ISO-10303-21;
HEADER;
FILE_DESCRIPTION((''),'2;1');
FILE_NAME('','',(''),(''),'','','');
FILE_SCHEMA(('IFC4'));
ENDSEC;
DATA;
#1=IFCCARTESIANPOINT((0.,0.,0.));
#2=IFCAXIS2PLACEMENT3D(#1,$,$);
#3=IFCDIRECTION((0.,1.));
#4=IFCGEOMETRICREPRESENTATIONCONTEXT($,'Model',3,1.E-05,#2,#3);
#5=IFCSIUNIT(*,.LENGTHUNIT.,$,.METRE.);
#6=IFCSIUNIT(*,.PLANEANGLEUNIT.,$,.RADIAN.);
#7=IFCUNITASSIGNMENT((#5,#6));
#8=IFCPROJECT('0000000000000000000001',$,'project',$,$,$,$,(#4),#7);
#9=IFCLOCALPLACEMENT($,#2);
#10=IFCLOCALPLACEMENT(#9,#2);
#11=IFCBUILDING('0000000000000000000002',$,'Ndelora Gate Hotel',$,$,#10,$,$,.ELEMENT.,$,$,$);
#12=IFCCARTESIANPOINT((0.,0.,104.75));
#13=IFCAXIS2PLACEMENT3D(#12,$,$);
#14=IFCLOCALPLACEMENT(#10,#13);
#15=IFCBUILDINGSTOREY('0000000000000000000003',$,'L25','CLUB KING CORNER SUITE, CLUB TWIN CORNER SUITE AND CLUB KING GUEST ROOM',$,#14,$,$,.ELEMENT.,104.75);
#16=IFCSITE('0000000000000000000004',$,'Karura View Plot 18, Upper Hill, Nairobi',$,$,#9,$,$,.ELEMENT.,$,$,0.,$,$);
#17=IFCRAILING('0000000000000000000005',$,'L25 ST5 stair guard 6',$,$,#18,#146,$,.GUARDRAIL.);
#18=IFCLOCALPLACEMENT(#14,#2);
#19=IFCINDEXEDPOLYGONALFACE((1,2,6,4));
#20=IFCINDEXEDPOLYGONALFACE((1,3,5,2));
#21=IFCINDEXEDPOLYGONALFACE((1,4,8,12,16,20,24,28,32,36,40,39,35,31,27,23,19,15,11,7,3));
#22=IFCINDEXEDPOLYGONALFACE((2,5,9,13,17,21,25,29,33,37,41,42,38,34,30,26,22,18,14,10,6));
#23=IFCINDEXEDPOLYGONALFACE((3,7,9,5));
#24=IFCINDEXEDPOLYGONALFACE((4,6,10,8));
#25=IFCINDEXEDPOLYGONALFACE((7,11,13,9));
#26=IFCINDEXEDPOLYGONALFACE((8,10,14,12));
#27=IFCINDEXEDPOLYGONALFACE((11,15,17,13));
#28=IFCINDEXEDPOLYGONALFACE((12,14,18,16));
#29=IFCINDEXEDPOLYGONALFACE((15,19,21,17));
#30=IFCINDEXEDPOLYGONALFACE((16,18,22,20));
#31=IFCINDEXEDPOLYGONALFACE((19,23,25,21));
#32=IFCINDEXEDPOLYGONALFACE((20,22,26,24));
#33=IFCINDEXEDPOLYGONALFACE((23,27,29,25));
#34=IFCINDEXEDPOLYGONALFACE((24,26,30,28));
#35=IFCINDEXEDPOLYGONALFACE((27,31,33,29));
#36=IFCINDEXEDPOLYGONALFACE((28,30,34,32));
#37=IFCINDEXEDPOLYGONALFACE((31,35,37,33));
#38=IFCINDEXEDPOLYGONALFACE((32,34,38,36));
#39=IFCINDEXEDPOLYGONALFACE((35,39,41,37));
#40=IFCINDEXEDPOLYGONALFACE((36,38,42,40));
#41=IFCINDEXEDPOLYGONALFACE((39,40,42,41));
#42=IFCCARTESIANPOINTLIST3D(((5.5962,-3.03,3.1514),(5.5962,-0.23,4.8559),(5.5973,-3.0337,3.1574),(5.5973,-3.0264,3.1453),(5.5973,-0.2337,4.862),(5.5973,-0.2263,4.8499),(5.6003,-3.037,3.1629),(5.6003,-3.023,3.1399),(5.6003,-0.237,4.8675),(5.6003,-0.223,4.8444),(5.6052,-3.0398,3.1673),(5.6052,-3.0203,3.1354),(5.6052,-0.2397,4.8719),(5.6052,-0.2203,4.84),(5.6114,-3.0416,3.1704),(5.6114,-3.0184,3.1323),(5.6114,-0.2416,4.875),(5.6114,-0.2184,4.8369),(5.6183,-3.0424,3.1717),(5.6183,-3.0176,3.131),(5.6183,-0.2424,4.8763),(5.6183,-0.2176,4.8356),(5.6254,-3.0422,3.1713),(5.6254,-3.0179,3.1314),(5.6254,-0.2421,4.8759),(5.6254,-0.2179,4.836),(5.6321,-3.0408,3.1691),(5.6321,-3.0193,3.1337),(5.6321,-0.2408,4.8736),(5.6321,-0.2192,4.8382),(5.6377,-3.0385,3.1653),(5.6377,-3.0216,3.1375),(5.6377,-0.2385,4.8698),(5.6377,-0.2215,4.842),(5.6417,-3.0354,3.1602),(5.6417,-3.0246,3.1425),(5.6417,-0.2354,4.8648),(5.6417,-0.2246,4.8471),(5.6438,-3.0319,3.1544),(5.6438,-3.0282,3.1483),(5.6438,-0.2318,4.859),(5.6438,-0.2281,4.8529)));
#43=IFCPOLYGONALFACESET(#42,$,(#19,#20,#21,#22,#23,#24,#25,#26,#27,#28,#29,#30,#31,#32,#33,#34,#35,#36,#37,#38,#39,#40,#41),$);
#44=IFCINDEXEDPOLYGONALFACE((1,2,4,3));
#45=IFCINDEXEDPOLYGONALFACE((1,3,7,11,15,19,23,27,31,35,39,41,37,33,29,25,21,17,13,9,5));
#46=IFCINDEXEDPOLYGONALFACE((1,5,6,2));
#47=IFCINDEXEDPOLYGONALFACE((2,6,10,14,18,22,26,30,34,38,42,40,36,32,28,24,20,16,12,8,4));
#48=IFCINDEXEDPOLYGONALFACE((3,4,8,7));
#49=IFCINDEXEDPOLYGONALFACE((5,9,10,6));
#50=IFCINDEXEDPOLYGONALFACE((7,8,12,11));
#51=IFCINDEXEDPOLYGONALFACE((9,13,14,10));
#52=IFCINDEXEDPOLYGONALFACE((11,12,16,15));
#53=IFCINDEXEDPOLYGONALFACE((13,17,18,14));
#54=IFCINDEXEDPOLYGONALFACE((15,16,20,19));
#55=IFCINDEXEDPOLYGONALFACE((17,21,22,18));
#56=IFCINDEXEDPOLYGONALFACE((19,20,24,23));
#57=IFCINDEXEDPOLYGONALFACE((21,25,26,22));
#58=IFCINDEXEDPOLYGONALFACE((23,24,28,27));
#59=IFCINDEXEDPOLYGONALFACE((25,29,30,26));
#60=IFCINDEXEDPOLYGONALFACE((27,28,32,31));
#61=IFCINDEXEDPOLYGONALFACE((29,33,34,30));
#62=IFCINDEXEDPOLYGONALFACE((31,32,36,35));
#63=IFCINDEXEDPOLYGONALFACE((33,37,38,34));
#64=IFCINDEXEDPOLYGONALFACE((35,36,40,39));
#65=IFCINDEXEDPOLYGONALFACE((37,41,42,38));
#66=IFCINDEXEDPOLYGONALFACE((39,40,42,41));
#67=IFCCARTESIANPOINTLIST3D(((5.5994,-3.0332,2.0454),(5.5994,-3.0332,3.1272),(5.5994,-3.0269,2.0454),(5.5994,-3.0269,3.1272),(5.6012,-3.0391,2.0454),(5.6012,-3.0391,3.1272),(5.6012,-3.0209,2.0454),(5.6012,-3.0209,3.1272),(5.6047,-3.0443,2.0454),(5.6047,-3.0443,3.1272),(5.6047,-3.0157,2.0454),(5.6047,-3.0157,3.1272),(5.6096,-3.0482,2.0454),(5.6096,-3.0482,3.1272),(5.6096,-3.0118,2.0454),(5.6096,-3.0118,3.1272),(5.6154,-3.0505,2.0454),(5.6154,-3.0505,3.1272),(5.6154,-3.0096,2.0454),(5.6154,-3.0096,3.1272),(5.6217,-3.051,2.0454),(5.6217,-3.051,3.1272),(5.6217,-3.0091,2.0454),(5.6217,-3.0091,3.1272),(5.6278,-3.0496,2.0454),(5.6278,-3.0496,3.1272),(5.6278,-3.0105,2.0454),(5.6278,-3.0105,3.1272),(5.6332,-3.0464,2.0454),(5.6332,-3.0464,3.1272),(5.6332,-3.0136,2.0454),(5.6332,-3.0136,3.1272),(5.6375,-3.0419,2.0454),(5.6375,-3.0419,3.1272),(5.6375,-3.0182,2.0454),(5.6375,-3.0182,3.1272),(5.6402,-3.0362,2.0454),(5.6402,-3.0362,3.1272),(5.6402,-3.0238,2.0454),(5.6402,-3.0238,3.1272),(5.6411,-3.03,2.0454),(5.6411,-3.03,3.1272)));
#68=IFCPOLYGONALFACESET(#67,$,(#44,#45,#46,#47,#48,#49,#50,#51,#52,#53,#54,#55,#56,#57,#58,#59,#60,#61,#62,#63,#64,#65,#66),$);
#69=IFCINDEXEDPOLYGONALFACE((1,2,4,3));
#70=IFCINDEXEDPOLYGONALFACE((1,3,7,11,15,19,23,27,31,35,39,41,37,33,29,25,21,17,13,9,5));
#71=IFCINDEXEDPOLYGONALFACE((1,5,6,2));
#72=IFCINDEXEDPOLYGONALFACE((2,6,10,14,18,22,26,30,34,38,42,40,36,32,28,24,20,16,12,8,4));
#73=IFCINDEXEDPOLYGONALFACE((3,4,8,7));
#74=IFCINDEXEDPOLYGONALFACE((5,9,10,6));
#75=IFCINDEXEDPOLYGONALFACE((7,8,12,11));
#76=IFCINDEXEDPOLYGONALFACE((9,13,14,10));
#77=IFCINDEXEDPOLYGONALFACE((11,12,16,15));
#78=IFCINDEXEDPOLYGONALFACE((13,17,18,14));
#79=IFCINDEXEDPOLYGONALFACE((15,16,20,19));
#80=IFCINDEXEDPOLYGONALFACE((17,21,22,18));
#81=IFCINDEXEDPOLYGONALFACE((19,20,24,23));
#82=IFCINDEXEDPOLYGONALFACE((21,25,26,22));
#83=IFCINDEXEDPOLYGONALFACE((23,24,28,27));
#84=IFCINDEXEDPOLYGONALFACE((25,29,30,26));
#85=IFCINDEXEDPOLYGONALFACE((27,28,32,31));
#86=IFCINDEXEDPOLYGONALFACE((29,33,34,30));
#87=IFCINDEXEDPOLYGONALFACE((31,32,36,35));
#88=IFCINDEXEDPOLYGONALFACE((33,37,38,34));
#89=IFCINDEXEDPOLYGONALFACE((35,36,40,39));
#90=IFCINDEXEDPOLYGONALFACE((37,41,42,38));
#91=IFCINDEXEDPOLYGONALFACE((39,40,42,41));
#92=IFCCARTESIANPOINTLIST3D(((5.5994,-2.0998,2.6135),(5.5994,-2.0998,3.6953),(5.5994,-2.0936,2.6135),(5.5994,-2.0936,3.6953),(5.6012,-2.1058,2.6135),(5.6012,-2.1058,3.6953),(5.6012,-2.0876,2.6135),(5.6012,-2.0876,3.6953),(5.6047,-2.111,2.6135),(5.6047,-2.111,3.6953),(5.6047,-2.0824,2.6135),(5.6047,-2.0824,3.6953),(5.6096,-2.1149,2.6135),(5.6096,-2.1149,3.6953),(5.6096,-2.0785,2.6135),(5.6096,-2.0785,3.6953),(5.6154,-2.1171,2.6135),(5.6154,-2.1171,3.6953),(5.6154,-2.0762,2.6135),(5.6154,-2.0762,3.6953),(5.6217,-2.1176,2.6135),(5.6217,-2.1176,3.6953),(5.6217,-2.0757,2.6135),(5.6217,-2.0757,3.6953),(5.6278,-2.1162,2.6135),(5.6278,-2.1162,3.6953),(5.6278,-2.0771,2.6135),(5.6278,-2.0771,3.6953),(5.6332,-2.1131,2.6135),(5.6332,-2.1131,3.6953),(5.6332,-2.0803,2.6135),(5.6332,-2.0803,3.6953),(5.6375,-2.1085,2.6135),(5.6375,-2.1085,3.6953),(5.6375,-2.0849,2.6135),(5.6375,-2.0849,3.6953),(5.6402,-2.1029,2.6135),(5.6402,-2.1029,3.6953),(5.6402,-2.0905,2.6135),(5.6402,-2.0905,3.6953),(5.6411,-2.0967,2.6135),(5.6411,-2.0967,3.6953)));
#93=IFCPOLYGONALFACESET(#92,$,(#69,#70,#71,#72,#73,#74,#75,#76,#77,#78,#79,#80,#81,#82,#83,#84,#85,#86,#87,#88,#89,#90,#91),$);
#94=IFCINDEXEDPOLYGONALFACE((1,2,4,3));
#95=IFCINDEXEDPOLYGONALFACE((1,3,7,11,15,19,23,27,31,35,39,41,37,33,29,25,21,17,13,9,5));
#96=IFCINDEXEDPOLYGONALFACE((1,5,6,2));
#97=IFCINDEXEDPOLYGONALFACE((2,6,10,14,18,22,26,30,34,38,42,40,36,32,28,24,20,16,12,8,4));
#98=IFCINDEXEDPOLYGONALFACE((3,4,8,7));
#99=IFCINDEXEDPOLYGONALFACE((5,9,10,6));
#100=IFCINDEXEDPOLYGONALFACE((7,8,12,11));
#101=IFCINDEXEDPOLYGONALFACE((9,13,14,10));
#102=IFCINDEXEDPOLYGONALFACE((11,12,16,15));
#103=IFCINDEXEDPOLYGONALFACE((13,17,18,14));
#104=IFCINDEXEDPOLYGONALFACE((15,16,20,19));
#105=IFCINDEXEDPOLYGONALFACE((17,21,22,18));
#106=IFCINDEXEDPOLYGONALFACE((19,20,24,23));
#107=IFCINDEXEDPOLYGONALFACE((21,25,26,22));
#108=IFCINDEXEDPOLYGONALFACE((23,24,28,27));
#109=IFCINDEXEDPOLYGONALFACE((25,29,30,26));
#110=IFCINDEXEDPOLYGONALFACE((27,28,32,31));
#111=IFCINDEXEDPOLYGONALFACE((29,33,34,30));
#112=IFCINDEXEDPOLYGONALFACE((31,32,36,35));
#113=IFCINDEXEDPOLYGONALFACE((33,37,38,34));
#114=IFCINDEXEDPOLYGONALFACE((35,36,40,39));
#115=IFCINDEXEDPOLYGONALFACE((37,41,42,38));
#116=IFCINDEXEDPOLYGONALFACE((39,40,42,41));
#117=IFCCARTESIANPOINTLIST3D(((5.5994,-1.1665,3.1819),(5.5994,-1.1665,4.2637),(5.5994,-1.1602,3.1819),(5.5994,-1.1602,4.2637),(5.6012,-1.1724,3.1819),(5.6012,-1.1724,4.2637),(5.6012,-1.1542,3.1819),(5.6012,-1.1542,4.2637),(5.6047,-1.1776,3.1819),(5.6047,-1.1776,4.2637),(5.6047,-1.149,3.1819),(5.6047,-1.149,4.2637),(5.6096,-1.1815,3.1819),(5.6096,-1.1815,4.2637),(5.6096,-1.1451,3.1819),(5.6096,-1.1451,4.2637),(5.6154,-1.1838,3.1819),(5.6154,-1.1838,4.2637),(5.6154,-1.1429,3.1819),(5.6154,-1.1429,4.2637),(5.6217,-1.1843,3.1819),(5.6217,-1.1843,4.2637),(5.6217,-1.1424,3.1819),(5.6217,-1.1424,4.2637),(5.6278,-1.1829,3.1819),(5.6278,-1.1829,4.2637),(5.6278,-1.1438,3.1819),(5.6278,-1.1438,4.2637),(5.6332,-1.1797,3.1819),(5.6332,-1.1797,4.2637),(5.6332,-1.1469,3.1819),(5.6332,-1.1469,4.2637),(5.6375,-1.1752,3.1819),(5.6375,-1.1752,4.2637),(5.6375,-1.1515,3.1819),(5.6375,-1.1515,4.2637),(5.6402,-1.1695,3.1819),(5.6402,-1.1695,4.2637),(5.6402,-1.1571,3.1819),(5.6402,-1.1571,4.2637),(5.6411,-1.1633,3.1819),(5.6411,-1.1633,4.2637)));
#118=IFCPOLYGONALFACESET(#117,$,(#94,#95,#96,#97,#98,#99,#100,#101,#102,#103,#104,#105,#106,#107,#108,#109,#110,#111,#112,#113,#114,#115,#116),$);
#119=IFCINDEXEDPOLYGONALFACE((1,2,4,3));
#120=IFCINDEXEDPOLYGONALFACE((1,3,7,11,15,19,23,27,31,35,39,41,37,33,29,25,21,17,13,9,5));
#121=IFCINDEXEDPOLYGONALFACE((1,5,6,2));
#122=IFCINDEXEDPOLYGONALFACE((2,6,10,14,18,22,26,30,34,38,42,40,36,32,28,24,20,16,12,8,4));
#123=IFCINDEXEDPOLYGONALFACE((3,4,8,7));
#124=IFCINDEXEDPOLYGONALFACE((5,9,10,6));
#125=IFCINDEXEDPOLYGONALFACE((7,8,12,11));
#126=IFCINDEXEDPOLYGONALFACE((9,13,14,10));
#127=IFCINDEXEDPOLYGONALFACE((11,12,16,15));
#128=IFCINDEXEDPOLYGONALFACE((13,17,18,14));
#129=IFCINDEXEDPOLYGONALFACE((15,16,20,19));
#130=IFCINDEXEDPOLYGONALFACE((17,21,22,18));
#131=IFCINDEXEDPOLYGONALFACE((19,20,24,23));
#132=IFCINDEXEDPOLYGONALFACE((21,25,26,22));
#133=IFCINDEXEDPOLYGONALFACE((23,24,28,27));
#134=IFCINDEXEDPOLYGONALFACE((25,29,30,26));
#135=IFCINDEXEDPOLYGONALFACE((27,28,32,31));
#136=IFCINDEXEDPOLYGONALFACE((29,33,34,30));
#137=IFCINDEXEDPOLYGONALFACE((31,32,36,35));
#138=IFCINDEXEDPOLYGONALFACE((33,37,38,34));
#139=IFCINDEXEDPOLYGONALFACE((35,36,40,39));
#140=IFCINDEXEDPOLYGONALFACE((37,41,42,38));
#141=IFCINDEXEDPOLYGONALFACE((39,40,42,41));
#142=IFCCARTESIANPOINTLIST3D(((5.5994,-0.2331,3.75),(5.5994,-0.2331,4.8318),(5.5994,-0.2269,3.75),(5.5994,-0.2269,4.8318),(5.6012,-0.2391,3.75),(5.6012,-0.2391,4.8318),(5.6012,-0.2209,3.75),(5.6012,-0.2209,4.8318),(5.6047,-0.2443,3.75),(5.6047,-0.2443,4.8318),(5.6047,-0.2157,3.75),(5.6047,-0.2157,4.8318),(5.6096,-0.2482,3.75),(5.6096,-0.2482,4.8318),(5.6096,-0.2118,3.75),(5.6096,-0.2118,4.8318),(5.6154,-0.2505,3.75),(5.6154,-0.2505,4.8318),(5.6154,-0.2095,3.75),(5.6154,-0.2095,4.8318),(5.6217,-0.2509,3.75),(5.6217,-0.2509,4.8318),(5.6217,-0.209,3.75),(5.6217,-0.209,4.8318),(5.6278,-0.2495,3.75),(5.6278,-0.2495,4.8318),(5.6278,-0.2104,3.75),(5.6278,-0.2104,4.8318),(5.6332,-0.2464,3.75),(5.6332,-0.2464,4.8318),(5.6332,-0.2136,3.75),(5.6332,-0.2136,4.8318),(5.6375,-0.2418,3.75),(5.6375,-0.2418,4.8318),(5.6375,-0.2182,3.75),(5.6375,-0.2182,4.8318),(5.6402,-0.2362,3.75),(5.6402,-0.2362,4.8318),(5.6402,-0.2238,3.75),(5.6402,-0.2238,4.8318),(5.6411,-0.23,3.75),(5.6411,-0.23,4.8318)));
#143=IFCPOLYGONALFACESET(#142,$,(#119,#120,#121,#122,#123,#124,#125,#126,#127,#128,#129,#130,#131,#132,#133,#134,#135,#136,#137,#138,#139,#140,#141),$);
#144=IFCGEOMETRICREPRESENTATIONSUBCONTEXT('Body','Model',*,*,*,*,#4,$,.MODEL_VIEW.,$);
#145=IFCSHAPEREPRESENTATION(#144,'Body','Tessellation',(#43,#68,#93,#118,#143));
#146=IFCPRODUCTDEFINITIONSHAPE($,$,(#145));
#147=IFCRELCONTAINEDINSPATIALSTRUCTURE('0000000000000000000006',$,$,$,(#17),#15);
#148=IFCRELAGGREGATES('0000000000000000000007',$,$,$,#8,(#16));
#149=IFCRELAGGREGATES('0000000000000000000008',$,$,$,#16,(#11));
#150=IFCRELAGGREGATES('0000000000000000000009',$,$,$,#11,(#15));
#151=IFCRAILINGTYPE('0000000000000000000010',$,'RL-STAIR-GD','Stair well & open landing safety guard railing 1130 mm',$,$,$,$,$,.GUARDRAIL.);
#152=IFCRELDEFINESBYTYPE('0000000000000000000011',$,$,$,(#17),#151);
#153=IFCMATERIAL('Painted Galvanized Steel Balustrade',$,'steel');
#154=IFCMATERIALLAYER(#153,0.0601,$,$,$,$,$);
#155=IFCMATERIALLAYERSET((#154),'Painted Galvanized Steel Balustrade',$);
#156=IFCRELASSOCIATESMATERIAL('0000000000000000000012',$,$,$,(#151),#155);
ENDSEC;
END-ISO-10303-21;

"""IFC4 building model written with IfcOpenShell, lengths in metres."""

from ifc_helpers import new_model, si_unit, direction, frame, origin, origin_2d, place, context, subcontext, project, spatial, circle, extrude, material, layer, layer_set, type_object, element, save


model = new_model("IFC4")

# Units and contexts
model_context = context("Model", 3, precision=1e-05, world=origin(), true_north=direction((0.0, 1.0)))
body_context = subcontext(model_context, "Body", "Model", "MODEL_VIEW")
ifc_project = project(units=[si_unit("LENGTHUNIT", "METRE"), si_unit("PLANEANGLEUNIT", "RADIAN")], contexts=[model_context])

# Site, building, storey
site_placement = place(None, origin())
site = spatial("IfcSite", under=ifc_project, at=site_placement, Name="Karura View Plot 18, Upper Hill, Nairobi", CompositionType="ELEMENT", RefElevation=0.0)
building_placement = place(site_placement, origin())
building = spatial("IfcBuilding", under=site, at=building_placement, Name="Ndelora Gate Hotel", CompositionType="ELEMENT")
storey_placement = place(building_placement, frame((0.0, 0.0, 104.75)))
storey = spatial("IfcBuildingStorey", under=building, at=storey_placement, Name="L25", Description="CLUB KING CORNER SUITE, CLUB TWIN CORNER SUITE AND CLUB KING GUEST ROOM", CompositionType="ELEMENT", Elevation=104.75)

# Railing
ifc_material_1 = material(Name="Painted Galvanized Steel Balustrade", Category="steel")
ifc_layer_1 = layer(ifc_material_1, 0.0601)
ifc_layer_set_1 = layer_set([ifc_layer_1], Name="Painted Galvanized Steel Balustrade")
railing_type_1 = type_object("IfcRailingType", Name="RL-STAIR-GD", Description="Stair well & open landing safety guard railing 1130 mm", PredefinedType="GUARDRAIL", material=ifc_layer_set_1)
railing_1_placement = place(storey_placement, frame((5.6201, -3.03, 2.0454)))
element("IfcRailing", 1, at=railing_1_placement, inside=storey, type_object=railing_type_1, Name="L25 ST5 stair guard 6", PredefinedType="GUARDRAIL", context=body_context, shape_type="SweptSolid", body=[
    extrude(circle(Radius=0.0239, at=origin_2d()), frame((0.0, 0.0, 1.106), z_axis=(0.0, 0.85417, 0.519994), x_axis=(-1.0, 0.0, 0.0)), (0.0, 0.0, 1.0), 3.2781),
    extrude(circle(Radius=0.021, at=origin_2d()), origin(), (0.0, 0.0, 1.0), 1.0818),
    extrude(circle(Radius=0.021, at=origin_2d()), frame((0.0, 0.9333, 0.5681)), (0.0, 0.0, 1.0), 1.0818),
    extrude(circle(Radius=0.021, at=origin_2d()), frame((0.0, 1.8667, 1.1365)), (0.0, 0.0, 1.0), 1.0818),
    extrude(circle(Radius=0.021, at=origin_2d()), frame((0.0, 2.8, 1.7046)), (0.0, 0.0, 1.0), 1.0818),
])

save(model, "model.ifc")
